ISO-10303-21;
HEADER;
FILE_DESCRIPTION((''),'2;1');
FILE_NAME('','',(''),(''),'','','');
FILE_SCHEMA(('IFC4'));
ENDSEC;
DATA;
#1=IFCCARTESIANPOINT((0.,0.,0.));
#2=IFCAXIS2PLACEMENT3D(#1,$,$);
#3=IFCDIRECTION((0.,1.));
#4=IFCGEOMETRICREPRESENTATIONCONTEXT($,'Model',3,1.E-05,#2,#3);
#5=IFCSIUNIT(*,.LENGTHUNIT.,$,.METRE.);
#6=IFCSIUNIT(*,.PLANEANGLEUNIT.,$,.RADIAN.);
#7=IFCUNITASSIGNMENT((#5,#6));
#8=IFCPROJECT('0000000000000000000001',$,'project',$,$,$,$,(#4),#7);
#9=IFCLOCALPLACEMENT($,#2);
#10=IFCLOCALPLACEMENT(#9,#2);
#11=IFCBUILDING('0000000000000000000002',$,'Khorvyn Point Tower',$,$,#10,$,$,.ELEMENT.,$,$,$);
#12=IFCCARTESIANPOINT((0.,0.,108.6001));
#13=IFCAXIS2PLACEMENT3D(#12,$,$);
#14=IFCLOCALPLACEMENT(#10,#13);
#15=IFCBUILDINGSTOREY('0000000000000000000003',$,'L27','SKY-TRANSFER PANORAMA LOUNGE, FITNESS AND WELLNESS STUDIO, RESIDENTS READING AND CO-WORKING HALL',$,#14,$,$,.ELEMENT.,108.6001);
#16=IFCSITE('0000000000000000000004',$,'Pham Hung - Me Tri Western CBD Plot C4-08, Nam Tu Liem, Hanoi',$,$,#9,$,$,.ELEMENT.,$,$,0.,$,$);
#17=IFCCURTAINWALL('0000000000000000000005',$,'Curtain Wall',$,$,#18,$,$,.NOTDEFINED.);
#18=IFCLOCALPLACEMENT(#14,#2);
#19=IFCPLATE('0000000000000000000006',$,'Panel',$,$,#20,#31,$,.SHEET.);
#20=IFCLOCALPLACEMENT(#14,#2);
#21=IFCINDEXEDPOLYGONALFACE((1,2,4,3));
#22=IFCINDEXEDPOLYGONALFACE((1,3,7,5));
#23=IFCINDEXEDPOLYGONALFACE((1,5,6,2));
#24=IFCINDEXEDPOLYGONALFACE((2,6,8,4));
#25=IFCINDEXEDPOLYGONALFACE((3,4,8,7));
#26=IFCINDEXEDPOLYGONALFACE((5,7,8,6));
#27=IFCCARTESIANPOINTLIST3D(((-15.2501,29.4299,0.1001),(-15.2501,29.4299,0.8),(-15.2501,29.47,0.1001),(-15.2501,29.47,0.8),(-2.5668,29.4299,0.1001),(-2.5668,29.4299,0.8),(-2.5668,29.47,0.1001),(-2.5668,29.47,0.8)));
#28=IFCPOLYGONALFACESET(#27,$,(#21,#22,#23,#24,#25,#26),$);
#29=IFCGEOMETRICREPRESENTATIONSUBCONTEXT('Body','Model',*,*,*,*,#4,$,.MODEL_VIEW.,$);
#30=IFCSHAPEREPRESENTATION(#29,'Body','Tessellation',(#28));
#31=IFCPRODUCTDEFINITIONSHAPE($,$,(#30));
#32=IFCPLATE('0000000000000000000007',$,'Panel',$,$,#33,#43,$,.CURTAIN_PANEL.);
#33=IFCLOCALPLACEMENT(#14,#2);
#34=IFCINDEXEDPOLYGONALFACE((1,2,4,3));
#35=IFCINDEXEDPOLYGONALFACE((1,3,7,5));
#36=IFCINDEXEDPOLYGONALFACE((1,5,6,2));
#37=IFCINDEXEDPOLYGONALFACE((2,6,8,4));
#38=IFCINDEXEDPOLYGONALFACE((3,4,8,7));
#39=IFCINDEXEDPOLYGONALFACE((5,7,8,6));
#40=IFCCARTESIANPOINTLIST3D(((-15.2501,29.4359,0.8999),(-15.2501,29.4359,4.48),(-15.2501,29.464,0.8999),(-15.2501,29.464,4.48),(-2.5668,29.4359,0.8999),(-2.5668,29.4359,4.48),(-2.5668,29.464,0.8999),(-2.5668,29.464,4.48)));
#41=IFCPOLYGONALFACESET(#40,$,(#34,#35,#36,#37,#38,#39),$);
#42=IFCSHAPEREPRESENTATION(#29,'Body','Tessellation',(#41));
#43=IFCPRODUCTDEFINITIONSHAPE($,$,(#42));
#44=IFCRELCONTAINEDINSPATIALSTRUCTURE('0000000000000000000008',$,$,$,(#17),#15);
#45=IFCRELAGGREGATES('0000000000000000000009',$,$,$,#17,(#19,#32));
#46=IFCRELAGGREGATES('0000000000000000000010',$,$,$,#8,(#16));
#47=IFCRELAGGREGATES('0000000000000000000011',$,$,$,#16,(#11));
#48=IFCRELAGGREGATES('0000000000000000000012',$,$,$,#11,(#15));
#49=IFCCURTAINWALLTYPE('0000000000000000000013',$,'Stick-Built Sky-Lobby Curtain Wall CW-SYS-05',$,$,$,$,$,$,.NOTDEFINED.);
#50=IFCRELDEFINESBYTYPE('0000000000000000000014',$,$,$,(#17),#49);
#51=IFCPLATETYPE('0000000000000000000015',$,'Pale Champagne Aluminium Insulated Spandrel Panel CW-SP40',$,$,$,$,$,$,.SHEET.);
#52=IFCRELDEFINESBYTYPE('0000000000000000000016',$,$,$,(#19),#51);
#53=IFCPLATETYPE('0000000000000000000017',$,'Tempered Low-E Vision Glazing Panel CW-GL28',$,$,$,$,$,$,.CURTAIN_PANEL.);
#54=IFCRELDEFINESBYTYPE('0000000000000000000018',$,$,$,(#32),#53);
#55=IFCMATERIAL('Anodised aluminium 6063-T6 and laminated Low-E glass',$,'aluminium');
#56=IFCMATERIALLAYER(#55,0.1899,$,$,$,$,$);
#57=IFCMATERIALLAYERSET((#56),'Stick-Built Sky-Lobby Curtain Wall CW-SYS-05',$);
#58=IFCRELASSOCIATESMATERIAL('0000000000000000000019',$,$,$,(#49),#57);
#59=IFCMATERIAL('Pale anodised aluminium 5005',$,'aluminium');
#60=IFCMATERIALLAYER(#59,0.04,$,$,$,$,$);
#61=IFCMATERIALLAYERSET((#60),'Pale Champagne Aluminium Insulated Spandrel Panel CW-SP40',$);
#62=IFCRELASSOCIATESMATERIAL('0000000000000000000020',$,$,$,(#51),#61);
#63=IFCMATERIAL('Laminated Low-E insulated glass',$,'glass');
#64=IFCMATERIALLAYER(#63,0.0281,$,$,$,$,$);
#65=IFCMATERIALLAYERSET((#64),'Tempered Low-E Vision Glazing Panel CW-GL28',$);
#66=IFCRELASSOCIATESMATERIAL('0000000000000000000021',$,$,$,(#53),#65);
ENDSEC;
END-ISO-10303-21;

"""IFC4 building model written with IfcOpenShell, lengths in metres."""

from ifc_helpers import new_model, si_unit, direction, frame, origin, origin_2d, place, context, subcontext, project, spatial, rectangle, extrude, material, layer, layer_set, type_object, element, aggregate, save


model = new_model("IFC4")

# Units and contexts
model_context = context("Model", 3, precision=1e-05, world=origin(), true_north=direction((0.0, 1.0)))
body_context = subcontext(model_context, "Body", "Model", "MODEL_VIEW")
ifc_project = project(units=[si_unit("LENGTHUNIT", "METRE"), si_unit("PLANEANGLEUNIT", "RADIAN")], contexts=[model_context])

# Site, building, storey
site_placement = place(None, origin())
site = spatial("IfcSite", under=ifc_project, at=site_placement, Name="Pham Hung - Me Tri Western CBD Plot C4-08, Nam Tu Liem, Hanoi", CompositionType="ELEMENT", RefElevation=0.0)
building_placement = place(site_placement, origin())
building = spatial("IfcBuilding", under=site, at=building_placement, Name="Khorvyn Point Tower", CompositionType="ELEMENT")
storey_placement = place(building_placement, frame((0.0, 0.0, 108.6001)))
storey = spatial("IfcBuildingStorey", under=building, at=storey_placement, Name="L27", Description="SKY-TRANSFER PANORAMA LOUNGE, FITNESS AND WELLNESS STUDIO, RESIDENTS READING AND CO-WORKING HALL", CompositionType="ELEMENT", Elevation=108.6001)

# Curtain wall
ifc_material_1 = material(Name="Anodised aluminium 6063-T6 and laminated Low-E glass", Category="aluminium")
ifc_layer_1 = layer(ifc_material_1, 0.1899)
ifc_layer_set_1 = layer_set([ifc_layer_1], Name="Stick-Built Sky-Lobby Curtain Wall CW-SYS-05")
curtain_wall_type = type_object("IfcCurtainWallType", Name="Stick-Built Sky-Lobby Curtain Wall CW-SYS-05", PredefinedType="NOTDEFINED", material=ifc_layer_set_1)
curtain_wall_placement = place(storey_placement, origin())
curtain_wall = element("IfcCurtainWall", 1, at=curtain_wall_placement, inside=storey, type_object=curtain_wall_type, Name="Curtain Wall", PredefinedType="NOTDEFINED")

# Plates
ifc_material_2 = material(Name="Pale anodised aluminium 5005", Category="aluminium")
ifc_layer_2 = layer(ifc_material_2, 0.04)
ifc_layer_set_2 = layer_set([ifc_layer_2], Name="Pale Champagne Aluminium Insulated Spandrel Panel CW-SP40")
plate_type_1 = type_object("IfcPlateType", Name="Pale Champagne Aluminium Insulated Spandrel Panel CW-SP40", PredefinedType="SHEET", material=ifc_layer_set_2)
plate_1_placement = place(storey_placement, frame((-8.9084, 29.45, 0.1001), z_axis=(0.0, 0.0, 1.0), x_axis=(1.0, 0.0, 0.0)))
plate_1 = element("IfcPlate", 2, at=plate_1_placement, type_object=plate_type_1, Name="Panel", PredefinedType="SHEET", context=body_context, shape_type="SweptSolid", body=[
    extrude(rectangle(XDim=12.6833, YDim=0.04, at=origin_2d()), origin(), (0.0, 0.0, 1.0), 0.7),
])
ifc_material_3 = material(Name="Laminated Low-E insulated glass", Category="glass")
ifc_layer_3 = layer(ifc_material_3, 0.0281)
ifc_layer_set_3 = layer_set([ifc_layer_3], Name="Tempered Low-E Vision Glazing Panel CW-GL28")
plate_type_2 = type_object("IfcPlateType", Name="Tempered Low-E Vision Glazing Panel CW-GL28", PredefinedType="CURTAIN_PANEL", material=ifc_layer_set_3)
plate_2_placement = place(storey_placement, frame((-8.9084, 29.45, 0.8999), z_axis=(0.0, 0.0, 1.0), x_axis=(1.0, 0.0, 0.0)))
plate_2 = element("IfcPlate", 3, at=plate_2_placement, type_object=plate_type_2, Name="Panel", PredefinedType="CURTAIN_PANEL", context=body_context, shape_type="SweptSolid", body=[
    extrude(rectangle(XDim=12.6833, YDim=0.0281, at=origin_2d()), origin(), (0.0, 0.0, 1.0), 3.5801),
])
aggregate(curtain_wall, [plate_1, plate_2])

save(model, "model.ifc")
